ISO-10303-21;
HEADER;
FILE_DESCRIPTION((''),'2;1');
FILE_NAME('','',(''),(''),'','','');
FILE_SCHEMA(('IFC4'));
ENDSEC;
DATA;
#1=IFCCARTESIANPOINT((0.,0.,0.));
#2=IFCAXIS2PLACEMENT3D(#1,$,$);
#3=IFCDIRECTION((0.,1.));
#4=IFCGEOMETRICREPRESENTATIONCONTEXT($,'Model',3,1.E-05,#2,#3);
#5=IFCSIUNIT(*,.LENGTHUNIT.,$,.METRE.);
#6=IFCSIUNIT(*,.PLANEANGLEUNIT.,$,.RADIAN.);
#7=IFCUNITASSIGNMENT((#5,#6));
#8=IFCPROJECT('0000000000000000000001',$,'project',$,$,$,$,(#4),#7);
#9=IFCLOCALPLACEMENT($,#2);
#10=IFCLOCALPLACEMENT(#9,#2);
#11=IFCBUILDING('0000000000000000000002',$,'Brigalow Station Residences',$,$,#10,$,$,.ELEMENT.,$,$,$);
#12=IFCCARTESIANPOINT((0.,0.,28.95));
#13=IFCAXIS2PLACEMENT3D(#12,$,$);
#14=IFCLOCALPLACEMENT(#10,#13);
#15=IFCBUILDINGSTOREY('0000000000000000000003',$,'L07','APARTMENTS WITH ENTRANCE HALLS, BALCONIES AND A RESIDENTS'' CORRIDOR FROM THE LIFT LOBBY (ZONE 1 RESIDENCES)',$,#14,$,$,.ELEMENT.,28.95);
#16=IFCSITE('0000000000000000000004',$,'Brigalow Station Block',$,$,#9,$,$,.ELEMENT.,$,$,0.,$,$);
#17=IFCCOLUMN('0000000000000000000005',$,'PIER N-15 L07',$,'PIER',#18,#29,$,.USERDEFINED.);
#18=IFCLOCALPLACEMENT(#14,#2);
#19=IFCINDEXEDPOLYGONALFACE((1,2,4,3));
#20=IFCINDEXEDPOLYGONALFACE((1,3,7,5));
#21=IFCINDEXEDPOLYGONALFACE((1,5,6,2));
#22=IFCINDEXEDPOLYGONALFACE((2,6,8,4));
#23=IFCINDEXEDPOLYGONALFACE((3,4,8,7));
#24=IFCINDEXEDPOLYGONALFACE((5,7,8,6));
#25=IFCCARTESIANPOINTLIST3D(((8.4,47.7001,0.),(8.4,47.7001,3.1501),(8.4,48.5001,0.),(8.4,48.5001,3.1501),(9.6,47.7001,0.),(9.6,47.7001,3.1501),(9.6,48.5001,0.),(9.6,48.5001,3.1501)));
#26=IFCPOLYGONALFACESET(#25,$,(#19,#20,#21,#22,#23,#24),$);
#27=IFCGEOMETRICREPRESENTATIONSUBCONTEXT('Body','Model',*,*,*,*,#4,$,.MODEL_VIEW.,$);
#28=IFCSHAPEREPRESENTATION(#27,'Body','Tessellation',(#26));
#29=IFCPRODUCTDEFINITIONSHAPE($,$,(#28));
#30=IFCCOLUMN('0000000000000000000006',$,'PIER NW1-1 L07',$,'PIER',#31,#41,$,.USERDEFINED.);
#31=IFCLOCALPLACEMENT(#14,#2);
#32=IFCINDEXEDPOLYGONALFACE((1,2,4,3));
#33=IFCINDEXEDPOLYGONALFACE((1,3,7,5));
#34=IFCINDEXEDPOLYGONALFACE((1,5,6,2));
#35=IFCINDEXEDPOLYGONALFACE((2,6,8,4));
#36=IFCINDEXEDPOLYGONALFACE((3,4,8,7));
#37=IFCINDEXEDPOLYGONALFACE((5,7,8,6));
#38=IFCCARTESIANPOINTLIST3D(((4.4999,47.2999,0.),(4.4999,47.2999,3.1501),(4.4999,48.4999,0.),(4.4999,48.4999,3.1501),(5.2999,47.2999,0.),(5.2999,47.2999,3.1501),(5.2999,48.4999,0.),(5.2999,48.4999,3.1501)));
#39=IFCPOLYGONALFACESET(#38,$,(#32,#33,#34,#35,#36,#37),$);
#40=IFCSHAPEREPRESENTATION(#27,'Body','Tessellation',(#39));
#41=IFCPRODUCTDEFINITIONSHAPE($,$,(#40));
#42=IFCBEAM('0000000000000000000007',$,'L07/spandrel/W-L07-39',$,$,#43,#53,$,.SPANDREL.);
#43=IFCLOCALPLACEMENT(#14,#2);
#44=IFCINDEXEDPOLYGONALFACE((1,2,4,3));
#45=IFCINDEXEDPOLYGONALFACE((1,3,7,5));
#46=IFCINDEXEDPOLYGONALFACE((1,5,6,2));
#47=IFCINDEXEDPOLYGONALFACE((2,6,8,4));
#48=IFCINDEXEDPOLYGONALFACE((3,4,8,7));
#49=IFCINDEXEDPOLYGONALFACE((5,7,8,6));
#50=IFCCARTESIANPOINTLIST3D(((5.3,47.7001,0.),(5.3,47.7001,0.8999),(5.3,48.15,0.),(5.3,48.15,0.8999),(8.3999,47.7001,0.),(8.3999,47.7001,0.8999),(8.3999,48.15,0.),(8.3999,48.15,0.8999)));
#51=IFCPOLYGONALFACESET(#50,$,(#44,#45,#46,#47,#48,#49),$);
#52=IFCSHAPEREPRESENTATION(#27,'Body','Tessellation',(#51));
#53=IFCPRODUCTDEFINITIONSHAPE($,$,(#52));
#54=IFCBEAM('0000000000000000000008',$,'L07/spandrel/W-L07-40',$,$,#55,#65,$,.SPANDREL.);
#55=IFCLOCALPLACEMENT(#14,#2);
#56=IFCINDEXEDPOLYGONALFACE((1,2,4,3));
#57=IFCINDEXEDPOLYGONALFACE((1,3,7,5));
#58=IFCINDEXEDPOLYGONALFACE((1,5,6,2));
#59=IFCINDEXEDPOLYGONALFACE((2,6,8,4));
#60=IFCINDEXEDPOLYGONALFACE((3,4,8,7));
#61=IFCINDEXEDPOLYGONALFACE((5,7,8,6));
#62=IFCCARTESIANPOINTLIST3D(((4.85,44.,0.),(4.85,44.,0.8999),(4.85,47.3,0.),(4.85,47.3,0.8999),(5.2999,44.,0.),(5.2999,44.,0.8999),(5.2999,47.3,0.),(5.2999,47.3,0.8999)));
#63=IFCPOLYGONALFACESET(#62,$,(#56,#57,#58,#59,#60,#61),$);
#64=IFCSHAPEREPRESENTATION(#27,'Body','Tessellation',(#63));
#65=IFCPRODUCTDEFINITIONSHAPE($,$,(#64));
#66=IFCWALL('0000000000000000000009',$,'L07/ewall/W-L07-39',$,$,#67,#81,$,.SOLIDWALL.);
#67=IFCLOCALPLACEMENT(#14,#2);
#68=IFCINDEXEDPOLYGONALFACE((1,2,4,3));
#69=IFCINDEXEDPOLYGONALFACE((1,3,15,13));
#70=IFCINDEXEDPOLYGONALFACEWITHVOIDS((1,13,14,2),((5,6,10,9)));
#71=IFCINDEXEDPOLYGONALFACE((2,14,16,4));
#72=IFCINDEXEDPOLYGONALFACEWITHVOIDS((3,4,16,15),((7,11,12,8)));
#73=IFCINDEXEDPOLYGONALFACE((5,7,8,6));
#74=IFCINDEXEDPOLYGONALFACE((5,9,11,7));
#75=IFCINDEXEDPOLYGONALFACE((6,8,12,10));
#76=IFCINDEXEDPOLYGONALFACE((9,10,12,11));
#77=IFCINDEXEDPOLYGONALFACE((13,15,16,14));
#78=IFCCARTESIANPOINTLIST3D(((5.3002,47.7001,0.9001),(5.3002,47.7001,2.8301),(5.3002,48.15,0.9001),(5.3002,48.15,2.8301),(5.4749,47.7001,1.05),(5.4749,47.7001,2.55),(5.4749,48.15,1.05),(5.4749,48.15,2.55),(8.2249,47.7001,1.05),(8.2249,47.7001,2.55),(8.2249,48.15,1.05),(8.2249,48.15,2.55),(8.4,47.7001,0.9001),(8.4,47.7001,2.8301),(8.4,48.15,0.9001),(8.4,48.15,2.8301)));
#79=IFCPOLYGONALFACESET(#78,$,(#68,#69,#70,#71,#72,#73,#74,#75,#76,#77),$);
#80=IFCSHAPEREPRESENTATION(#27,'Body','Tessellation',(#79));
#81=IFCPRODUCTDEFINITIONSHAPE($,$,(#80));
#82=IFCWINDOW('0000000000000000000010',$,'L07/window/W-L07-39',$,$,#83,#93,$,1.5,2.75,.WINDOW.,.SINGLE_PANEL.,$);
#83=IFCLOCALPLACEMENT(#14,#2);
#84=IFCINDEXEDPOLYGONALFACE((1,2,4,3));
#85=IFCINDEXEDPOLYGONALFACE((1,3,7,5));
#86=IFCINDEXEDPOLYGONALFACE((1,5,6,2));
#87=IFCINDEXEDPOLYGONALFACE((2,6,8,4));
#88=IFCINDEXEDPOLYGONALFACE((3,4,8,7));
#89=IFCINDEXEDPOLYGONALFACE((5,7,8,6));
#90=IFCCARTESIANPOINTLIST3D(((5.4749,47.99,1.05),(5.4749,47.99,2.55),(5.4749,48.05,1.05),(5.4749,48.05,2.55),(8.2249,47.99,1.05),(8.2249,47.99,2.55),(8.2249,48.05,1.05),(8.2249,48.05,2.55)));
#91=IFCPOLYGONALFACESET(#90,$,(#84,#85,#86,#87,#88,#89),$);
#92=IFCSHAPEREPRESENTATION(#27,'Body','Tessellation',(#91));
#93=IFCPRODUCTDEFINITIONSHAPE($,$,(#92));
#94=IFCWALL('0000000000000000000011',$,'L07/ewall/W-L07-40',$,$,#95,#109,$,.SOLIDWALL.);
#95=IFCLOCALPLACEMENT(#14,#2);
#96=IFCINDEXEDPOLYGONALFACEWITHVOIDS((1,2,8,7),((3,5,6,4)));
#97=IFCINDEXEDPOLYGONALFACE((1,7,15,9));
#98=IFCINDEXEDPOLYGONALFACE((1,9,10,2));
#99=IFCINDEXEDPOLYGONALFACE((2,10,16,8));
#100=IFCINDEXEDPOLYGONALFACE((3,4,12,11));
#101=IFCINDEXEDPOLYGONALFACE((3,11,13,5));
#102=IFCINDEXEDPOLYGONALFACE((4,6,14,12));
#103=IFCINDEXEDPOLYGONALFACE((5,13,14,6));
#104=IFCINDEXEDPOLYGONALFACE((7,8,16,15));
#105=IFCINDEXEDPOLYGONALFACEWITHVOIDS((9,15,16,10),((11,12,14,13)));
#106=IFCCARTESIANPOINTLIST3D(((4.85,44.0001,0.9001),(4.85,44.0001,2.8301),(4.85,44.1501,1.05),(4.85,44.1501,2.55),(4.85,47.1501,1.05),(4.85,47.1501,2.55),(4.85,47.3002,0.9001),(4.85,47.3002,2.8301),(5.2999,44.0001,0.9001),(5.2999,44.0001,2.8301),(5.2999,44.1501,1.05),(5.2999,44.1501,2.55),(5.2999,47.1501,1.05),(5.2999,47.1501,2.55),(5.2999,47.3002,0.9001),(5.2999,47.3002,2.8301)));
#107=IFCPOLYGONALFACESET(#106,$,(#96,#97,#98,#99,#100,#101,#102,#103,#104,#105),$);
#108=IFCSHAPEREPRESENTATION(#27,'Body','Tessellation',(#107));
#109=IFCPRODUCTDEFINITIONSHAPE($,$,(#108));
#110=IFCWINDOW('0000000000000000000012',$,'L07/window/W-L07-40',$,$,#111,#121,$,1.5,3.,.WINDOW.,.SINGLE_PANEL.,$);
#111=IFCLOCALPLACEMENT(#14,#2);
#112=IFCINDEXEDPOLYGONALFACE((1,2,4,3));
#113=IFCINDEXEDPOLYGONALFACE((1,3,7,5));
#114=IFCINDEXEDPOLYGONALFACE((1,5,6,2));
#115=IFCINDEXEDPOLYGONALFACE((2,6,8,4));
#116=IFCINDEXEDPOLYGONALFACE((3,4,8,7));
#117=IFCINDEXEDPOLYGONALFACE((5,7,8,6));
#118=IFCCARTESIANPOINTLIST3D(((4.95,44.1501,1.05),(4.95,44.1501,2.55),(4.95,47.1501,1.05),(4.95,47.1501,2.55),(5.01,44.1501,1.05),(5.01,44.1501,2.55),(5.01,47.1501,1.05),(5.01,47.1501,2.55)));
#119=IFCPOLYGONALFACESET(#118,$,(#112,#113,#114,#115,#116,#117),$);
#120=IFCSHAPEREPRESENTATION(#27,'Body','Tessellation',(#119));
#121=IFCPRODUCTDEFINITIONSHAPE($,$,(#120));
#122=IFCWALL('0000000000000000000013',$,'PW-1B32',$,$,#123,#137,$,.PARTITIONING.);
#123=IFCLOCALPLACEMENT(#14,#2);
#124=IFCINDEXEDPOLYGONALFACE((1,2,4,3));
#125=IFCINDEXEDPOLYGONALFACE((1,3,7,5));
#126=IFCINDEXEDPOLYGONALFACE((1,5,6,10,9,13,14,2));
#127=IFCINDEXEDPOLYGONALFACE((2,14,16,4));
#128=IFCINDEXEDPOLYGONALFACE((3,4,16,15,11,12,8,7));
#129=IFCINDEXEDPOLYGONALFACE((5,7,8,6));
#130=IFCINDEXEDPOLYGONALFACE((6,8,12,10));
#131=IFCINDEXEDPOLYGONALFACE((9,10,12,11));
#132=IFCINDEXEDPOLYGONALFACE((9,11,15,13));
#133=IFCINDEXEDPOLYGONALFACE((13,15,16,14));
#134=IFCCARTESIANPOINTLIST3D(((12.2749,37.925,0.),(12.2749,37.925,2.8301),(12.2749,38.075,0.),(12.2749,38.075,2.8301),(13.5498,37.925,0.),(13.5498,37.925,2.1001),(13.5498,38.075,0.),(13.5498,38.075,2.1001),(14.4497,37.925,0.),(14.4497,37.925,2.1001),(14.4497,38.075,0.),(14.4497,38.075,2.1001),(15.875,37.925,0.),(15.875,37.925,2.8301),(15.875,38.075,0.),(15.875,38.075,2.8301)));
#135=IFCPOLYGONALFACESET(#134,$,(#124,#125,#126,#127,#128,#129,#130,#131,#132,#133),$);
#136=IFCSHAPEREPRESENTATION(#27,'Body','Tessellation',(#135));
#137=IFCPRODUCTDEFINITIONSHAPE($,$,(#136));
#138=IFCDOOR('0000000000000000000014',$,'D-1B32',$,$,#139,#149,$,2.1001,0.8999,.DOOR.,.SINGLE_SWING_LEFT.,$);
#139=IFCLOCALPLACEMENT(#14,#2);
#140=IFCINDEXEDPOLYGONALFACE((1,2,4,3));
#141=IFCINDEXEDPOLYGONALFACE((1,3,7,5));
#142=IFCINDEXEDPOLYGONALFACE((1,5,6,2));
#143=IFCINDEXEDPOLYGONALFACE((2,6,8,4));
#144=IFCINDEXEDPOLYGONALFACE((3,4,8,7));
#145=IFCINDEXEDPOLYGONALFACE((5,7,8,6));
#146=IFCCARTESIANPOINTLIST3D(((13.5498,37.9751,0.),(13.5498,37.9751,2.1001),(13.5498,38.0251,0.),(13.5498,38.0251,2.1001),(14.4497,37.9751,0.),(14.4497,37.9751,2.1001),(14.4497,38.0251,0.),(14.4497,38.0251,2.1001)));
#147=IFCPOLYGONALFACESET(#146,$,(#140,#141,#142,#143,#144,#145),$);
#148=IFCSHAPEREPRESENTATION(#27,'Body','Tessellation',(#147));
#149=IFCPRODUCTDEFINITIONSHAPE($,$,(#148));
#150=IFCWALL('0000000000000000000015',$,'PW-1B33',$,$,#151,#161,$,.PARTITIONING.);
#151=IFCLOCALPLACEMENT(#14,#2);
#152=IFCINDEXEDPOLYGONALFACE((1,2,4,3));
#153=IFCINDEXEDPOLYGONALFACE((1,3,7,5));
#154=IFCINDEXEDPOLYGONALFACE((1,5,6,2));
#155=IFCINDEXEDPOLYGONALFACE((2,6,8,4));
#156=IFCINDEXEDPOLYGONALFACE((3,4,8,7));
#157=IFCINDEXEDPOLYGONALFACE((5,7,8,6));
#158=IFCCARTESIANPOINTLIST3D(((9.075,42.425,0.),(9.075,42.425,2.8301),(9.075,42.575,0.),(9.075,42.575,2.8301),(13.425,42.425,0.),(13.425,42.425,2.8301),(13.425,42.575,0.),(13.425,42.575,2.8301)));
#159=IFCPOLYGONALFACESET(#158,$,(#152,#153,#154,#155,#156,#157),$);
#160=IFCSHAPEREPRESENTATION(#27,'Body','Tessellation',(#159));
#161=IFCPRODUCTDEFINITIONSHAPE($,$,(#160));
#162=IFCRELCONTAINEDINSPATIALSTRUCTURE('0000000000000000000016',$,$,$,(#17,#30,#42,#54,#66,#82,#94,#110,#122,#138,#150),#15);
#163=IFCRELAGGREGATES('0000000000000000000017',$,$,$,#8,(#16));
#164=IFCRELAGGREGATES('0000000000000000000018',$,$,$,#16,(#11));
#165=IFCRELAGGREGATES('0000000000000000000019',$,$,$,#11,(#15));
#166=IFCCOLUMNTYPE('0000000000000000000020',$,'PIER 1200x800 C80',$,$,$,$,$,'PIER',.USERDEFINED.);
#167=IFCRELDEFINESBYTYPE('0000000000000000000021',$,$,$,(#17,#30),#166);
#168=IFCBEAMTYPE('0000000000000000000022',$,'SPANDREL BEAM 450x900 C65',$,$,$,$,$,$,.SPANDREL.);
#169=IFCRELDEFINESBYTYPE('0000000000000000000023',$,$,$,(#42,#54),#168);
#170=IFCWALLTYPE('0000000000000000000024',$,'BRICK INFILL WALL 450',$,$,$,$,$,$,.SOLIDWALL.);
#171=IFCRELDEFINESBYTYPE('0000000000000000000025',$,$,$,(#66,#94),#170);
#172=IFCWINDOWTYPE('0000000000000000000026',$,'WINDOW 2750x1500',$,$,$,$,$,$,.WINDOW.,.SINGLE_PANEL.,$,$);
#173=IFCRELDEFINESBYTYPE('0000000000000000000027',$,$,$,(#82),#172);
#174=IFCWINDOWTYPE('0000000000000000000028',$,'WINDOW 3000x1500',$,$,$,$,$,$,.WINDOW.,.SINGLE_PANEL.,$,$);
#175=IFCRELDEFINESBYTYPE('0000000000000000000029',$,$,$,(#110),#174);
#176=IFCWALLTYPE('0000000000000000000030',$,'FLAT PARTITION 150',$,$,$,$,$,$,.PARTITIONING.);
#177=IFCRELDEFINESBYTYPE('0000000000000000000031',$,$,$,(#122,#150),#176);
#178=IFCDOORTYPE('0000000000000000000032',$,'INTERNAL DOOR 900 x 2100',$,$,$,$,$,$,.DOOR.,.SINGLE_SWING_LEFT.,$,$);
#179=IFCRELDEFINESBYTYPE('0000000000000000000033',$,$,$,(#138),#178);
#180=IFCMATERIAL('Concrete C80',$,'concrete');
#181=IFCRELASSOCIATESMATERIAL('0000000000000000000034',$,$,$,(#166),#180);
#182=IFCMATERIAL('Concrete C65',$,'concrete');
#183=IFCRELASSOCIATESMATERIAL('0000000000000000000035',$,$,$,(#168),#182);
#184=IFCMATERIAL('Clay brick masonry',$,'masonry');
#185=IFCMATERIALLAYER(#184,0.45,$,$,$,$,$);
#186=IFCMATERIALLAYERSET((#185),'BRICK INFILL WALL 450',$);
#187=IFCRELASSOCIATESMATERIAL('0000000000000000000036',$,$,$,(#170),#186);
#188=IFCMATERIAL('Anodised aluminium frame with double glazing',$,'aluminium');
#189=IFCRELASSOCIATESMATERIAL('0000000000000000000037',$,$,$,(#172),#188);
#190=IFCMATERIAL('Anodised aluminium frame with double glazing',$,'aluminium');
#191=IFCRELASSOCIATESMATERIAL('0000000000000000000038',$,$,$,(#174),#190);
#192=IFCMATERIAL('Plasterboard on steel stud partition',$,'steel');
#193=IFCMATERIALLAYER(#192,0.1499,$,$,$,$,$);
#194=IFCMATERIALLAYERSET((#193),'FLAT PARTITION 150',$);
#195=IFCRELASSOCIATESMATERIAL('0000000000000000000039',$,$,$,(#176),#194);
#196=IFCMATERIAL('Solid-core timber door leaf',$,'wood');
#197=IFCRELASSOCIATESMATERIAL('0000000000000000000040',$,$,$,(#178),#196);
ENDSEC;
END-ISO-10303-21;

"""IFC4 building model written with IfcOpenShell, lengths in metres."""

from ifc_helpers import new_model, si_unit, direction, frame, frame_2d, origin, origin_2d, place, context, subcontext, project, spatial, rectangle, extrude, material, layer, layer_set, material_profile, profile_set, type_object, element, fill, save


model = new_model("IFC4")

# Units and contexts
model_context = context("Model", 3, precision=1e-05, world=origin(), true_north=direction((0.0, 1.0)))
body_context = subcontext(model_context, "Body", "Model", "MODEL_VIEW")
ifc_project = project(units=[si_unit("LENGTHUNIT", "METRE"), si_unit("PLANEANGLEUNIT", "RADIAN")], contexts=[model_context])

# Site, building, storey
site_placement = place(None, origin())
site = spatial("IfcSite", under=ifc_project, at=site_placement, Name="Brigalow Station Block", CompositionType="ELEMENT", RefElevation=0.0)
building_placement = place(site_placement, origin())
building = spatial("IfcBuilding", under=site, at=building_placement, Name="Brigalow Station Residences", CompositionType="ELEMENT")
storey_placement = place(building_placement, frame((0.0, 0.0, 28.95)))
storey = spatial("IfcBuildingStorey", under=building, at=storey_placement, Name="L07", Description="APARTMENTS WITH ENTRANCE HALLS, BALCONIES AND A RESIDENTS' CORRIDOR FROM THE LIFT LOBBY (ZONE 1 RESIDENCES)", CompositionType="ELEMENT", Elevation=28.95)

# Columns
ifc_material_1 = material(Name="Concrete C80", Category="concrete")
ifc_material_profile_1 = material_profile(ifc_material_1, rectangle(XDim=1.2, YDim=0.8, at=origin_2d()), Name="RC1200x800")
ifc_profile_set_1 = profile_set([ifc_material_profile_1], Name="Concrete C80")
column_type = type_object("IfcColumnType", Name="PIER 1200x800 C80", ElementType="PIER", PredefinedType="USERDEFINED", material=ifc_profile_set_1)
for number, where, z_axis, x_axis, name in (
    (1, (9.0, 48.1001, 0.0), (0.0, 0.0, 1.0), (-1.0, 0.0, 0.0), "PIER N-15 L07"),
    (2, (4.8999, 47.8999, 0.0), (0.0, 0.0, 1.0), (0.0, -1.0, 0.0), "PIER NW1-1 L07"),
):
    element("IfcColumn", number, at=place(storey_placement, frame(where, z_axis=z_axis, x_axis=x_axis)), inside=storey, type_object=column_type, Name=name, ObjectType="PIER", PredefinedType="USERDEFINED", context=body_context, shape_type="SweptSolid", body=[
        extrude(rectangle(XDim=1.2, YDim=0.8, at=origin_2d()), origin(), (0.0, 0.0, 1.0), 3.1501),
    ])

# Beams
ifc_material_2 = material(Name="Concrete C65", Category="concrete")
ifc_material_profile_2 = material_profile(ifc_material_2, rectangle(XDim=0.45, YDim=0.8999, at=origin_2d()), Name="RC450x900")
ifc_profile_set_2 = profile_set([ifc_material_profile_2], Name="Concrete C65")
beam_type = type_object("IfcBeamType", Name="SPANDREL BEAM 450x900 C65", PredefinedType="SPANDREL", material=ifc_profile_set_2)
beam_1_placement = place(storey_placement, frame((8.3999, 47.925, 0.45), z_axis=(-1.0, 0.0, 0.0), x_axis=(0.0, -1.0, 0.0)))
element("IfcBeam", 3, at=beam_1_placement, inside=storey, type_object=beam_type, Name="L07/spandrel/W-L07-39", PredefinedType="SPANDREL", context=body_context, shape_type="SweptSolid", body=[
    extrude(rectangle(XDim=0.45, YDim=0.8999, at=origin_2d()), origin(), (0.0, 0.0, 1.0), 3.0999),
])
beam_2_placement = place(storey_placement, frame((5.075, 47.3, 0.45), z_axis=(0.0, -1.0, 0.0), x_axis=(1.0, 0.0, 0.0)))
element("IfcBeam", 4, at=beam_2_placement, inside=storey, type_object=beam_type, Name="L07/spandrel/W-L07-40", PredefinedType="SPANDREL", context=body_context, shape_type="SweptSolid", body=[
    extrude(rectangle(XDim=0.45, YDim=0.8999, at=origin_2d()), origin(), (0.0, 0.0, 1.0), 3.3),
])

# Walls, openings, windows
ifc_material_3 = material(Name="Clay brick masonry", Category="masonry")
ifc_layer_1 = layer(ifc_material_3, 0.45)
ifc_layer_set_1 = layer_set([ifc_layer_1], Name="BRICK INFILL WALL 450")
wall_type_1 = type_object("IfcWallType", Name="BRICK INFILL WALL 450", PredefinedType="SOLIDWALL", material=ifc_layer_set_1)
wall_1_placement = place(storey_placement, frame((8.3999, 47.925, 0.9001), z_axis=(0.0, 0.0, 1.0), x_axis=(-1.0, 0.0, 0.0)))
wall_1 = element("IfcWall", 5, at=wall_1_placement, inside=storey, type_object=wall_type_1, Name="L07/ewall/W-L07-39", PredefinedType="SOLIDWALL", context=body_context, shape_type="SweptSolid", body=[
    extrude(rectangle(XDim=3.0999, YDim=0.45, at=frame_2d((1.5498, 0.0))), origin(), (0.0, 0.0, 1.0), 1.9299),
])
opening_1_placement = place(wall_1_placement, frame((0.175, 0.0, 0.1499)))
opening_1 = element("IfcOpeningElement", 6, at=opening_1_placement, cuts=wall_1, PredefinedType="OPENING", context=body_context, shape_type="SweptSolid", body=[
    extrude(rectangle(XDim=2.75, YDim=1.5, at=frame_2d((1.375, 0.75))), frame((0.0, 0.2349, 0.0), z_axis=(0.0, -1.0, 0.0), x_axis=(1.0, 0.0, 0.0)), (0.0, 0.0, 1.0), 0.47),
])
ifc_material_4 = material(Name="Anodised aluminium frame with double glazing", Category="aluminium")
window_type_1 = type_object("IfcWindowType", Name="WINDOW 2750x1500", PartitioningType="SINGLE_PANEL", PredefinedType="WINDOW", material=ifc_material_4)
window_1_placement = place(opening_1_placement, origin())
window_1 = element("IfcWindow", 7, at=window_1_placement, inside=storey, type_object=window_type_1, Name="L07/window/W-L07-39", OverallHeight=1.5, OverallWidth=2.75, PartitioningType="SINGLE_PANEL", PredefinedType="WINDOW", context=body_context, shape_type="SweptSolid", body=[
    extrude(rectangle(XDim=2.75, YDim=1.5, at=frame_2d((1.375, 0.75))), frame((0.0, -0.0649, 0.0), z_axis=(0.0, -1.0, 0.0), x_axis=(1.0, 0.0, 0.0)), (0.0, 0.0, 1.0), 0.0601),
])
fill(opening_1, window_1)
wall_2_placement = place(storey_placement, frame((5.075, 47.3, 0.9001), z_axis=(0.0, 0.0, 1.0), x_axis=(0.0, -1.0, 0.0)))
wall_2 = element("IfcWall", 8, at=wall_2_placement, inside=storey, type_object=wall_type_1, Name="L07/ewall/W-L07-40", PredefinedType="SOLIDWALL", context=body_context, shape_type="SweptSolid", body=[
    extrude(rectangle(XDim=3.3, YDim=0.45, at=frame_2d((1.6499, 0.0))), origin(), (0.0, 0.0, 1.0), 1.9299),
])
opening_2_placement = place(wall_2_placement, frame((0.1499, 0.0, 0.1499)))
opening_2 = element("IfcOpeningElement", 9, at=opening_2_placement, cuts=wall_2, PredefinedType="OPENING", context=body_context, shape_type="SweptSolid", body=[
    extrude(rectangle(XDim=3.0, YDim=1.5, at=frame_2d((1.5, 0.75))), frame((0.0, 0.2349, 0.0), z_axis=(0.0, -1.0, 0.0), x_axis=(1.0, 0.0, 0.0)), (0.0, 0.0, 1.0), 0.47),
])
ifc_material_5 = material(Name="Anodised aluminium frame with double glazing", Category="aluminium")
window_type_2 = type_object("IfcWindowType", Name="WINDOW 3000x1500", PartitioningType="SINGLE_PANEL", PredefinedType="WINDOW", material=ifc_material_5)
window_2_placement = place(opening_2_placement, origin())
window_2 = element("IfcWindow", 10, at=window_2_placement, inside=storey, type_object=window_type_2, Name="L07/window/W-L07-40", OverallHeight=1.5, OverallWidth=3.0, PartitioningType="SINGLE_PANEL", PredefinedType="WINDOW", context=body_context, shape_type="SweptSolid", body=[
    extrude(rectangle(XDim=3.0, YDim=1.5, at=frame_2d((1.5, 0.75))), frame((0.0, -0.0649, 0.0), z_axis=(0.0, -1.0, 0.0), x_axis=(1.0, 0.0, 0.0)), (0.0, 0.0, 1.0), 0.0601),
])
fill(opening_2, window_2)

# Wall, opening, door
ifc_material_6 = material(Name="Plasterboard on steel stud partition", Category="steel")
ifc_layer_2 = layer(ifc_material_6, 0.1499)
ifc_layer_set_2 = layer_set([ifc_layer_2], Name="FLAT PARTITION 150")
wall_type_2 = type_object("IfcWallType", Name="FLAT PARTITION 150", PredefinedType="PARTITIONING", material=ifc_layer_set_2)
wall_3_placement = place(storey_placement, frame((12.2749, 38.0, 0.0), z_axis=(0.0, 0.0, 1.0), x_axis=(1.0, 0.0, 0.0)))
wall_3 = element("IfcWall", 11, at=wall_3_placement, inside=storey, type_object=wall_type_2, Name="PW-1B32", PredefinedType="PARTITIONING", context=body_context, shape_type="SweptSolid", body=[
    extrude(rectangle(XDim=3.6001, YDim=0.1499, at=frame_2d((1.8, 0.0))), origin(), (0.0, 0.0, 1.0), 2.8301),
])
opening_3_placement = place(wall_3_placement, frame((1.2749, 0.0, 0.0)))
opening_3 = element("IfcOpeningElement", 12, at=opening_3_placement, cuts=wall_3, PredefinedType="OPENING", context=body_context, shape_type="SweptSolid", body=[
    extrude(rectangle(XDim=0.8999, YDim=2.1001, at=frame_2d((0.45, 1.05))), frame((0.0, 0.085, 0.0), z_axis=(0.0, -1.0, 0.0), x_axis=(1.0, 0.0, 0.0)), (0.0, 0.0, 1.0), 0.1699),
])
ifc_material_7 = material(Name="Solid-core timber door leaf", Category="wood")
door_type_1 = type_object("IfcDoorType", Name="INTERNAL DOOR 900 x 2100", OperationType="SINGLE_SWING_LEFT", PredefinedType="DOOR", material=ifc_material_7)
door_1_placement = place(opening_3_placement, frame((0.8999, 0.0, 0.0), z_axis=(0.0, 0.0, 1.0), x_axis=(-1.0, 0.0, 0.0)))
door_1 = element("IfcDoor", 13, at=door_1_placement, inside=storey, type_object=door_type_1, Name="D-1B32", OperationType="SINGLE_SWING_LEFT", OverallHeight=2.1001, OverallWidth=0.8999, PredefinedType="DOOR", context=body_context, shape_type="SweptSolid", body=[
    extrude(rectangle(XDim=0.8999, YDim=2.1001, at=frame_2d((0.45, 1.05))), frame((0.0, 0.0249, 0.0), z_axis=(0.0, -1.0, 0.0), x_axis=(1.0, 0.0, 0.0)), (0.0, 0.0, 1.0), 0.05),
])
fill(opening_3, door_1)

# Wall
wall_4_placement = place(storey_placement, frame((9.075, 42.5, 0.0), z_axis=(0.0, 0.0, 1.0), x_axis=(1.0, 0.0, 0.0)))
element("IfcWall", 14, at=wall_4_placement, inside=storey, type_object=wall_type_2, Name="PW-1B33", PredefinedType="PARTITIONING", context=body_context, shape_type="SweptSolid", body=[
    extrude(rectangle(XDim=4.3501, YDim=0.1499, at=frame_2d((2.175, 0.0))), origin(), (0.0, 0.0, 1.0), 2.8301),
])

save(model, "model.ifc")
